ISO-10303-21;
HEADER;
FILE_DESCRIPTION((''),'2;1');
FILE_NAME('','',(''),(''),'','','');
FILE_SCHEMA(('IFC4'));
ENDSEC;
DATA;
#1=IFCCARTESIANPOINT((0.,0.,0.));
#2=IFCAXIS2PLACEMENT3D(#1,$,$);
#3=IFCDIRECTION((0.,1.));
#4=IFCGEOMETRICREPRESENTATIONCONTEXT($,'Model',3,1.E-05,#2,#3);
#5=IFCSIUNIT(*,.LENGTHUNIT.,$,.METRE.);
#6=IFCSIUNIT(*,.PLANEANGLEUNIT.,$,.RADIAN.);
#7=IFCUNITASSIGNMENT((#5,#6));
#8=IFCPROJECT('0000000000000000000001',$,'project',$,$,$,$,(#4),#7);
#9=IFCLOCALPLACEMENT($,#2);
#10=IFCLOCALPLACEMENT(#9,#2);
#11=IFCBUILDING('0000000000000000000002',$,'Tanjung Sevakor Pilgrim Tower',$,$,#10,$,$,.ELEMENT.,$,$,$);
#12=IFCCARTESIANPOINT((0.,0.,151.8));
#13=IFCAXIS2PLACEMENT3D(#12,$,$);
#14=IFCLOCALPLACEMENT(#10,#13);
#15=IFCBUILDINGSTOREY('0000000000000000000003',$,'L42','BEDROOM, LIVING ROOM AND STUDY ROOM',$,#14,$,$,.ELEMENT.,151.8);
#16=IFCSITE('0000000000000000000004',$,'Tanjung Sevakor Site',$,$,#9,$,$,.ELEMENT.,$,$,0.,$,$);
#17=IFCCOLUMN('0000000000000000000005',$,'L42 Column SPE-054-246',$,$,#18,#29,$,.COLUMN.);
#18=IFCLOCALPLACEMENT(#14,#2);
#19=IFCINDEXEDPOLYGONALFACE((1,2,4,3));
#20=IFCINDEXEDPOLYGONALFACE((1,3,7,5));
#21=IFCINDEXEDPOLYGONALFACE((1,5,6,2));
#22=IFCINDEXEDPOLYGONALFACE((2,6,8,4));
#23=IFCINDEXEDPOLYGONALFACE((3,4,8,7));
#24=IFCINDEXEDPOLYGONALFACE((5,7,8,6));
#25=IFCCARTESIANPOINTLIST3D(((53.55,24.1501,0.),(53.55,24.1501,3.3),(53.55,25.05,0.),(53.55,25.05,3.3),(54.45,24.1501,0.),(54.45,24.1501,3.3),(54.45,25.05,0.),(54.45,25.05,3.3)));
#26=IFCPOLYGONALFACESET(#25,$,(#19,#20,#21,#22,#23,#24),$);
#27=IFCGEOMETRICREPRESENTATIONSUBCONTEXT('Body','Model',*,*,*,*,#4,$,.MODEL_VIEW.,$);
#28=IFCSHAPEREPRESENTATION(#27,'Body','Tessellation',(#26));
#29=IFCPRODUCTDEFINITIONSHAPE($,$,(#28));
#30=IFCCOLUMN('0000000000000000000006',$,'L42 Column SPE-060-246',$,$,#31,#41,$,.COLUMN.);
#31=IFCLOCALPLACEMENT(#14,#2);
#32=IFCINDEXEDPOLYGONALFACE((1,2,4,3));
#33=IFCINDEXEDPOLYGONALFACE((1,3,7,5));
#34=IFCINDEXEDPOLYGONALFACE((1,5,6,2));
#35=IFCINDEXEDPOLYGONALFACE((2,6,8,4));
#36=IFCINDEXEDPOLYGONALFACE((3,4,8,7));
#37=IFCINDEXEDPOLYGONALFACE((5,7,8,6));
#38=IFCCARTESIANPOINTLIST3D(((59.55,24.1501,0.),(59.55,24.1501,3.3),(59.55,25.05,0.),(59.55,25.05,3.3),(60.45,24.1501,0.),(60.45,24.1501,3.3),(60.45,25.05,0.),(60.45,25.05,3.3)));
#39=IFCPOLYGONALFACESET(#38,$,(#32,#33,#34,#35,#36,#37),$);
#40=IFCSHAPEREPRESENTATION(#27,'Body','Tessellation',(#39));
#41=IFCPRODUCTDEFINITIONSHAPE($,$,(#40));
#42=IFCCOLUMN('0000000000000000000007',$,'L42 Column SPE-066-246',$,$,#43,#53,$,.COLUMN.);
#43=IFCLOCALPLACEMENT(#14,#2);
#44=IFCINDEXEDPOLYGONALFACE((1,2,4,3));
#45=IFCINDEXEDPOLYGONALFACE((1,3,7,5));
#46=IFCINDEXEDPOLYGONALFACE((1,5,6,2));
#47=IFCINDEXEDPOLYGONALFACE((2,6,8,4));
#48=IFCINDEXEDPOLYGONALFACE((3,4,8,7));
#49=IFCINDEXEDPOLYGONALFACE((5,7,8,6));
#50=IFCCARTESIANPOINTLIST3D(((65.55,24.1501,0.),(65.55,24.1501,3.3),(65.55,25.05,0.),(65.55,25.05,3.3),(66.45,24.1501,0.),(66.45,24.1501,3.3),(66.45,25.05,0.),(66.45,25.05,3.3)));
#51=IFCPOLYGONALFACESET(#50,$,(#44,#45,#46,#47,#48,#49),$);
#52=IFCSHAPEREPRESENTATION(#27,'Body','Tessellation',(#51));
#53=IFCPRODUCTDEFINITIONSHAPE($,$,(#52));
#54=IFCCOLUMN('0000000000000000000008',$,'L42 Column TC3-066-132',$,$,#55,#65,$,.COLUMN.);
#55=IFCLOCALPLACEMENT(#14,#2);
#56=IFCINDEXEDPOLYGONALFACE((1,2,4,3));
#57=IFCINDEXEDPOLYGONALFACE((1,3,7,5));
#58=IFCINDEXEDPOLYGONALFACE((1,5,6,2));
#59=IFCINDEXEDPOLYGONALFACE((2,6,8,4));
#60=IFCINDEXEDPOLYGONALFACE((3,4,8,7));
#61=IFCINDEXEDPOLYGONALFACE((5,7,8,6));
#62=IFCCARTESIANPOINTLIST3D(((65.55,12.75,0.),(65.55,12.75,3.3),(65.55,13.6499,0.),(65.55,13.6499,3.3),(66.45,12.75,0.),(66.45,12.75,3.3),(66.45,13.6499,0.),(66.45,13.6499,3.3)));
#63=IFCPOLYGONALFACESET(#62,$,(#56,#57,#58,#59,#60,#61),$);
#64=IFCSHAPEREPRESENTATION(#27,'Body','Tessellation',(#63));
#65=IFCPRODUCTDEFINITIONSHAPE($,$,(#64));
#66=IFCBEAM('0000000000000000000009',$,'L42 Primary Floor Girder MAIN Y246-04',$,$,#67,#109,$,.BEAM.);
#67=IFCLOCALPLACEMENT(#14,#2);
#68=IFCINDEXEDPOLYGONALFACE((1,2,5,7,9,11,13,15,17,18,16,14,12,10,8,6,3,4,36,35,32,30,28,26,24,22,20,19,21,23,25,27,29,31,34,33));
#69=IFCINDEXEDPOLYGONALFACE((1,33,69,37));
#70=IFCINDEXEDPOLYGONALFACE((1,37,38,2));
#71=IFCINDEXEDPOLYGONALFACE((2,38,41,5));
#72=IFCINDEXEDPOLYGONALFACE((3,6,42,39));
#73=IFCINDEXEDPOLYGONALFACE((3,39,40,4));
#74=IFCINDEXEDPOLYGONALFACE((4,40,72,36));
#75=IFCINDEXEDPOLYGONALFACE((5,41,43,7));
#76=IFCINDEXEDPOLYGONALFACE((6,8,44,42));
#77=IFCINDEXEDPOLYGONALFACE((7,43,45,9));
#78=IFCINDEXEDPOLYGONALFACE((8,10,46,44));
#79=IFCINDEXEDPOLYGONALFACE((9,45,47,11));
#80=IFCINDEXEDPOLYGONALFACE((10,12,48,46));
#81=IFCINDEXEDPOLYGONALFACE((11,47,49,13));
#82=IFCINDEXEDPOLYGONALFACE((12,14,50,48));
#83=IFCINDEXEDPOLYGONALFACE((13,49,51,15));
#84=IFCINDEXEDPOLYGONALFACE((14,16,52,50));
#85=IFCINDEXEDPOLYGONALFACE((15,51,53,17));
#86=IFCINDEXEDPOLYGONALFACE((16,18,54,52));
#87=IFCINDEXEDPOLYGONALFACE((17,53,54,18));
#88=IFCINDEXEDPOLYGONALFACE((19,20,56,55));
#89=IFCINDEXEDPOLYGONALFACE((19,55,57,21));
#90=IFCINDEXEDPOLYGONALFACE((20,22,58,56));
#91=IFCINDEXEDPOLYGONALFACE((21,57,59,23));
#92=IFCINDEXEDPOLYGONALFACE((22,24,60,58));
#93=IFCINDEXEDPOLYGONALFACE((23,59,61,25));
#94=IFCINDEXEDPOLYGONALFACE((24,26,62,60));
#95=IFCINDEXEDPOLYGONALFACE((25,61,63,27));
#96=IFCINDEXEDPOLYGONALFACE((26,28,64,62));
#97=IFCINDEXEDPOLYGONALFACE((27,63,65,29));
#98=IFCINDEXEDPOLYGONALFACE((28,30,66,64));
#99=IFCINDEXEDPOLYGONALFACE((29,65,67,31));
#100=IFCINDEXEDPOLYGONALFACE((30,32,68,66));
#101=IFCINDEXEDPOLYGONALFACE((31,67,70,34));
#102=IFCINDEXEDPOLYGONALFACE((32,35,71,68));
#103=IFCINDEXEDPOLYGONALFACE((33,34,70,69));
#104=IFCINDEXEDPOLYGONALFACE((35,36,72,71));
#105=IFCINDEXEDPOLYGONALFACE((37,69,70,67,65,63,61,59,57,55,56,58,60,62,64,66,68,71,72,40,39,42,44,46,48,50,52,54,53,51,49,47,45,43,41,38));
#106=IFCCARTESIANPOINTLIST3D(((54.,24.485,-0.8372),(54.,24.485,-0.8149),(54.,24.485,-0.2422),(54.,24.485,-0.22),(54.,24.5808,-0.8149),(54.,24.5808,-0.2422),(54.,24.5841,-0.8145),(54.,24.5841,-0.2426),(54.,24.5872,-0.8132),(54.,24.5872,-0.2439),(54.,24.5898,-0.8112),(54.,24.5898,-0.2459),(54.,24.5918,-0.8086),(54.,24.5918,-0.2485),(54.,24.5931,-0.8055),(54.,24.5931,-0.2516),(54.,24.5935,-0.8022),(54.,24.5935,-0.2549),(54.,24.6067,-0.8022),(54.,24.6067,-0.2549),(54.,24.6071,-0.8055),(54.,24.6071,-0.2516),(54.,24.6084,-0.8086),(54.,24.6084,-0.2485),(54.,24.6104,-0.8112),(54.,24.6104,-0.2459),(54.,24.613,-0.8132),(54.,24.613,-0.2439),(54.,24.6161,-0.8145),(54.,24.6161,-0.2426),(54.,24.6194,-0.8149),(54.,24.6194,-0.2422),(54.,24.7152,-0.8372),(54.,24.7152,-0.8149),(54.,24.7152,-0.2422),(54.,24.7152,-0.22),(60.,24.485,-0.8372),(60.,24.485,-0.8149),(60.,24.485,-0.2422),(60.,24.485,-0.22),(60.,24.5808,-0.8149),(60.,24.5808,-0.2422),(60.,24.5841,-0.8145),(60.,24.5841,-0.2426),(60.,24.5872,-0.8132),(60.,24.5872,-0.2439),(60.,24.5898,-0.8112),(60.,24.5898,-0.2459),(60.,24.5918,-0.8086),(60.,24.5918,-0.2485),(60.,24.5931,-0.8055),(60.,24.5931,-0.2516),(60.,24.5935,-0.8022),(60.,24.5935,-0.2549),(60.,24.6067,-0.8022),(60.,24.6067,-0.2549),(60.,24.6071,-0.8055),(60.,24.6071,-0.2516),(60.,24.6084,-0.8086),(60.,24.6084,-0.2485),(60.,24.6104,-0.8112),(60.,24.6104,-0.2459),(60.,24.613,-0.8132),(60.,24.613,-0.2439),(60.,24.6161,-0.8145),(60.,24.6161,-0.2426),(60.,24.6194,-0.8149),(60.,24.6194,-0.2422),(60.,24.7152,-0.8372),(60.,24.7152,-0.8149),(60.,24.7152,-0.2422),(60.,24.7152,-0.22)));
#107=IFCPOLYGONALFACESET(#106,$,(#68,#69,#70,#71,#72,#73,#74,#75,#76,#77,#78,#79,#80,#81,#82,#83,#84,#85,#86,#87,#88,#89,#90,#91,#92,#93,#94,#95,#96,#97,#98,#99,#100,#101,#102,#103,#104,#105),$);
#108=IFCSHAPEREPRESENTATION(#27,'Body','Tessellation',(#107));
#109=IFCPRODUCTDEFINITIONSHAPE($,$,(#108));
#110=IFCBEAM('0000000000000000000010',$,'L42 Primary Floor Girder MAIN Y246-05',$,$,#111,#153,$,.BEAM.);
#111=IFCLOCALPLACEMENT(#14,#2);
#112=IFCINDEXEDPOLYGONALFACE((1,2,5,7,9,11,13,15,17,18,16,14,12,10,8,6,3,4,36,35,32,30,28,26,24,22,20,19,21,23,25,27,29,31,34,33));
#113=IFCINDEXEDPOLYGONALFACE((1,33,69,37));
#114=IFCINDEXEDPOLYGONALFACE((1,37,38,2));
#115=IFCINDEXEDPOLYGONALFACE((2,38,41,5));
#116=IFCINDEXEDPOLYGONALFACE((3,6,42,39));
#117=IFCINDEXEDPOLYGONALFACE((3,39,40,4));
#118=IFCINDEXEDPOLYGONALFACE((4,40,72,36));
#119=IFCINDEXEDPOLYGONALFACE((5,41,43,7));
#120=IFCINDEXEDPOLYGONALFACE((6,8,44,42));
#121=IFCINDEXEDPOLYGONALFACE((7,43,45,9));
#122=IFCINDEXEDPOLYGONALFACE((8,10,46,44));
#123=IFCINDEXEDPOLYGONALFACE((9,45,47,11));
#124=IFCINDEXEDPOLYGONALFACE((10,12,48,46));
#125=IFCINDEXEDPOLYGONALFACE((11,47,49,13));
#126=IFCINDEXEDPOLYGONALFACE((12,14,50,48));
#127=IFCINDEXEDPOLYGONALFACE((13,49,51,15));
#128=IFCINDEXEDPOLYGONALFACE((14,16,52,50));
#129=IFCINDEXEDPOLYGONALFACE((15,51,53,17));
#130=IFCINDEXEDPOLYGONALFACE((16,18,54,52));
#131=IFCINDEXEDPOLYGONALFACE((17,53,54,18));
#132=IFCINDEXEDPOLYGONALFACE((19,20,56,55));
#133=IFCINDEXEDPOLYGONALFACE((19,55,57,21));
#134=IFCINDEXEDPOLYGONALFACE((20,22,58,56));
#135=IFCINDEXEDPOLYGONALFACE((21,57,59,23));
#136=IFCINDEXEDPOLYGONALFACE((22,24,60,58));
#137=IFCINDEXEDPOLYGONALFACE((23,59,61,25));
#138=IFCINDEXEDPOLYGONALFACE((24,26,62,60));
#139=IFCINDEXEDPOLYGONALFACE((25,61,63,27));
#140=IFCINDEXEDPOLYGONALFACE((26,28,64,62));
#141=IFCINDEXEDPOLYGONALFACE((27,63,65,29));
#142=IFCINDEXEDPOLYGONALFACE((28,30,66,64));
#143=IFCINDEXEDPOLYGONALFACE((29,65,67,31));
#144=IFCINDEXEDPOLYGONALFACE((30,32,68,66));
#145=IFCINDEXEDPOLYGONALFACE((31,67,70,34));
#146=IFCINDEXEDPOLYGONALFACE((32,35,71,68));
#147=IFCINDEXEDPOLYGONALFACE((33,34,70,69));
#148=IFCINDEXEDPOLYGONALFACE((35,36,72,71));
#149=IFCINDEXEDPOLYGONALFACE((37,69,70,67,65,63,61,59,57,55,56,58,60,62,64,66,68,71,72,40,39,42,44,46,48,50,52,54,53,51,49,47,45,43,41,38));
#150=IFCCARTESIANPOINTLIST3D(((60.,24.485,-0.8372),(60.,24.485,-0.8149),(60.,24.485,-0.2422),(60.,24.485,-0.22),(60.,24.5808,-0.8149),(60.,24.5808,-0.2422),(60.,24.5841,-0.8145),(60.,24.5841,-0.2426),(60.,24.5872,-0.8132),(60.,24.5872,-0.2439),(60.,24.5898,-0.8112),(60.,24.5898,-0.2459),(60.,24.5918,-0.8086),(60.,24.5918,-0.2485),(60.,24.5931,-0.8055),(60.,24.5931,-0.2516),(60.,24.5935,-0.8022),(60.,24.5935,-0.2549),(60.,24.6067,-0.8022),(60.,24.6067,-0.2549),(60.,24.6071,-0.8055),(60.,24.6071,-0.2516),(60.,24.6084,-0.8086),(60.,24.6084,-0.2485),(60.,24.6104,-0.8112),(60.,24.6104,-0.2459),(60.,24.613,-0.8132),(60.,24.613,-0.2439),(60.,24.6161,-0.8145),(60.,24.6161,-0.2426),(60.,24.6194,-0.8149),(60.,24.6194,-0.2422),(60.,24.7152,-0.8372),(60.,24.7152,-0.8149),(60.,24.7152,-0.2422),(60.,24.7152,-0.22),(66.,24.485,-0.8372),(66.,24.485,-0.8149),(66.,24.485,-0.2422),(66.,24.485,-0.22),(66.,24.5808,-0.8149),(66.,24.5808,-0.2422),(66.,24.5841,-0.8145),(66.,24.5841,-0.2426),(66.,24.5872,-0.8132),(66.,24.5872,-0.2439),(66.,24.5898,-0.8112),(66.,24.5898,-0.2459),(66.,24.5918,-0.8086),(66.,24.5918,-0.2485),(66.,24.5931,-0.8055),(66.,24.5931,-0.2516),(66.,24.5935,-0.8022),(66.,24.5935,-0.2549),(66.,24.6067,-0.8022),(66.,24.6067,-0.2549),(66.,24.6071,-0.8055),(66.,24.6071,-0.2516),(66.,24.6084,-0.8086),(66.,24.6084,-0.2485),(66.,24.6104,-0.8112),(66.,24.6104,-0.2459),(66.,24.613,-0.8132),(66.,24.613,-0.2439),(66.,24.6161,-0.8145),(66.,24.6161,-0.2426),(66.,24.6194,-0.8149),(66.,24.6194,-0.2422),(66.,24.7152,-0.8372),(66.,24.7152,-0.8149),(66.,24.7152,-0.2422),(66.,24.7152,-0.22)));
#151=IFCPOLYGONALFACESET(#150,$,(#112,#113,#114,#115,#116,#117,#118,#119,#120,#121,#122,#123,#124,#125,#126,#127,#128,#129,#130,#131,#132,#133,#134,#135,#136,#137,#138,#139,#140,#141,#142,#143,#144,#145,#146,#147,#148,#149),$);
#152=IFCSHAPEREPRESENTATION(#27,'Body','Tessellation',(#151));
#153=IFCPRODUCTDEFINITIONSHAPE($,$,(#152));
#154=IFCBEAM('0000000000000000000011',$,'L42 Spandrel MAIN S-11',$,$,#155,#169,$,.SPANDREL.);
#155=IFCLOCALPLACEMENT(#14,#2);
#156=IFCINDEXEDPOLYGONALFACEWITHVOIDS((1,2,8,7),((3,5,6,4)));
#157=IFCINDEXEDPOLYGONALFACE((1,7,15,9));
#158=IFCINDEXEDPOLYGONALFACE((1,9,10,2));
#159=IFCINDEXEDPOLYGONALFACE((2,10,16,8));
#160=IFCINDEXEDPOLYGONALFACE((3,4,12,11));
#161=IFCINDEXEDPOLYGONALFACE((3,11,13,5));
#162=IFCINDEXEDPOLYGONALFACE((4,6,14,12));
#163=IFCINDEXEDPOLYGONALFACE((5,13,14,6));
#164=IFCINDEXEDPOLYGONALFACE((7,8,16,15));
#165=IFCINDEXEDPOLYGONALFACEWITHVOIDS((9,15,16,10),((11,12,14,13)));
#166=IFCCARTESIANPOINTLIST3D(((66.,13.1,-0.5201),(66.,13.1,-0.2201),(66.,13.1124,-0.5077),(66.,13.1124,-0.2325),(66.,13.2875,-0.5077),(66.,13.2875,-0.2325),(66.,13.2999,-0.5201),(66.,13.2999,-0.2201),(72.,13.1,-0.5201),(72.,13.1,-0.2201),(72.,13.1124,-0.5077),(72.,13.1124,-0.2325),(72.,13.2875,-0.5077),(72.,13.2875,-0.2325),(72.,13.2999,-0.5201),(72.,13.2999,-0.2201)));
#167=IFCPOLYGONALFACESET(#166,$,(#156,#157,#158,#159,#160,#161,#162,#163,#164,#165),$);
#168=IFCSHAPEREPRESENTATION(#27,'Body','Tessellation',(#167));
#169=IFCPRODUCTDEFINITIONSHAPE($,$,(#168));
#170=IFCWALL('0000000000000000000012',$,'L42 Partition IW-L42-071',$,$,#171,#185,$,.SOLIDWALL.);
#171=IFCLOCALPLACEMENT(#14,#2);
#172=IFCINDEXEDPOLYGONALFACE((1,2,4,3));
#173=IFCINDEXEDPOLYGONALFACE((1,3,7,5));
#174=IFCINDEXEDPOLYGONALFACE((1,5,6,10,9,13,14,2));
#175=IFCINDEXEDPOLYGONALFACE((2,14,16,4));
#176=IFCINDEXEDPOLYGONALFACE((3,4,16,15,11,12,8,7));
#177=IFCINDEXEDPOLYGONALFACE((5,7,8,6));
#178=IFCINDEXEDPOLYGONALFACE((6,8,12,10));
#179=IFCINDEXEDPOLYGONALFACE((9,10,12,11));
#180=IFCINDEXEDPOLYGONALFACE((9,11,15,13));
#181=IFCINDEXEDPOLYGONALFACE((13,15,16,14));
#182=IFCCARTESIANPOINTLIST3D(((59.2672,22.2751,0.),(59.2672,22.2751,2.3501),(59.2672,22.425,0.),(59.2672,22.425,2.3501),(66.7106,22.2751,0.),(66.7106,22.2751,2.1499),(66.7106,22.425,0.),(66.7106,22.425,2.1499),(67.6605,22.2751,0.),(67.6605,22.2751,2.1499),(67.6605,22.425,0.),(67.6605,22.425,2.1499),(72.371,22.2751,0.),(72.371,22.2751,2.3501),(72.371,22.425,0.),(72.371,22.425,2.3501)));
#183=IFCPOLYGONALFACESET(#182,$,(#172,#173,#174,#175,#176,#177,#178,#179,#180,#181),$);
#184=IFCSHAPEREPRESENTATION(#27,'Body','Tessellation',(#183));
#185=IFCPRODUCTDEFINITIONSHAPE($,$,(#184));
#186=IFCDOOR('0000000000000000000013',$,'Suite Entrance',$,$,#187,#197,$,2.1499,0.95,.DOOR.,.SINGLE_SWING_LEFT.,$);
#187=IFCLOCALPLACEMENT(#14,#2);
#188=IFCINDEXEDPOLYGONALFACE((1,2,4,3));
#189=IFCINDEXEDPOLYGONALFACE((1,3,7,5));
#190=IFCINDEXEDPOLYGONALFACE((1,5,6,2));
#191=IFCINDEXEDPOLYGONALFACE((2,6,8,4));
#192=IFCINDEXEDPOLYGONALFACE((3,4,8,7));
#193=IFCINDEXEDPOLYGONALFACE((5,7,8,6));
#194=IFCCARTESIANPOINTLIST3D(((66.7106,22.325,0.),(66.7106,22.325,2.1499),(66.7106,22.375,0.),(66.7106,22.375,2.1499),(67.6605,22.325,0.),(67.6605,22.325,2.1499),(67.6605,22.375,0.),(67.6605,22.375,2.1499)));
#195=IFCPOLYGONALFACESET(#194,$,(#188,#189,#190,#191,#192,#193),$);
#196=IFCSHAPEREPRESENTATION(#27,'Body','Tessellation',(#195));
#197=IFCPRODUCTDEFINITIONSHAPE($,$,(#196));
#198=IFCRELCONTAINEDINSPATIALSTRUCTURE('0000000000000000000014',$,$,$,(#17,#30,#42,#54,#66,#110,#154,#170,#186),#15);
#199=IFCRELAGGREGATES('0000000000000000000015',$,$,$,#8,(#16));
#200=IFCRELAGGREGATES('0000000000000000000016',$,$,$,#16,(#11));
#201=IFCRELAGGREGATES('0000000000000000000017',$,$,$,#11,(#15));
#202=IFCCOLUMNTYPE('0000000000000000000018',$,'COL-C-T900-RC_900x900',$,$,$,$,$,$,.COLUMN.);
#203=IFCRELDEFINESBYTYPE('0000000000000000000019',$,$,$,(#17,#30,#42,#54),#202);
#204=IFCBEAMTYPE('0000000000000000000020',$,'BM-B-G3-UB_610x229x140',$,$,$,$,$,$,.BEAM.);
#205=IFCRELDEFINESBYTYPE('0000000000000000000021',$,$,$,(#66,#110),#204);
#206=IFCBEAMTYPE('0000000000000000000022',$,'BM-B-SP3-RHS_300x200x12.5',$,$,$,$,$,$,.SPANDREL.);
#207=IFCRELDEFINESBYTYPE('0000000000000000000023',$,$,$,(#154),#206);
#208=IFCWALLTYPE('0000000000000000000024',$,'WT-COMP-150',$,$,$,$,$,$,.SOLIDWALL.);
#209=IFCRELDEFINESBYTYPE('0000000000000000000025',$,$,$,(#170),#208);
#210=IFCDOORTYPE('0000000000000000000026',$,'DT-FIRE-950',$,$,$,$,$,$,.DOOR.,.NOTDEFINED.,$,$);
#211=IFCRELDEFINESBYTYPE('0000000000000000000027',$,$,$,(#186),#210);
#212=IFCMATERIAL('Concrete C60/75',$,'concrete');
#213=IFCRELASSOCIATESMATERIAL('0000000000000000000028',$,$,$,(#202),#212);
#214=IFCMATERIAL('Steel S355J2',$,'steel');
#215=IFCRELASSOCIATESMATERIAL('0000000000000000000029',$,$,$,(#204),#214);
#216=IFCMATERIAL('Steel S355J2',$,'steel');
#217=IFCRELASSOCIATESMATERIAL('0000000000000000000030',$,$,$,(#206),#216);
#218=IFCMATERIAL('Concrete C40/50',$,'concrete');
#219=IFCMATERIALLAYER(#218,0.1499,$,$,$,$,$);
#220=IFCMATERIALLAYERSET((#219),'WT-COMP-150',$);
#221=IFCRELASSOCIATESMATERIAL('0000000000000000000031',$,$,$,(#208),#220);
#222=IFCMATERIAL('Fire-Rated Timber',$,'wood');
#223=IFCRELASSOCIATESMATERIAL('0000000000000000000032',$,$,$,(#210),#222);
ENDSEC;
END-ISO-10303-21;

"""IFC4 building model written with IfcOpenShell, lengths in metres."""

from ifc_helpers import new_model, si_unit, direction, frame, frame_2d, origin, origin_2d, place, context, subcontext, project, spatial, rectangle, hollow_rectangle, i_section, extrude, material, layer, layer_set, material_profile, profile_set, type_object, element, fill, save


model = new_model("IFC4")

# Units and contexts
model_context = context("Model", 3, precision=1e-05, world=origin(), true_north=direction((0.0, 1.0)))
body_context = subcontext(model_context, "Body", "Model", "MODEL_VIEW")
ifc_project = project(units=[si_unit("LENGTHUNIT", "METRE"), si_unit("PLANEANGLEUNIT", "RADIAN")], contexts=[model_context])

# Site, building, storey
site_placement = place(None, origin())
site = spatial("IfcSite", under=ifc_project, at=site_placement, Name="Tanjung Sevakor Site", CompositionType="ELEMENT", RefElevation=0.0)
building_placement = place(site_placement, origin())
building = spatial("IfcBuilding", under=site, at=building_placement, Name="Tanjung Sevakor Pilgrim Tower", CompositionType="ELEMENT")
storey_placement = place(building_placement, frame((0.0, 0.0, 151.8)))
storey = spatial("IfcBuildingStorey", under=building, at=storey_placement, Name="L42", Description="BEDROOM, LIVING ROOM AND STUDY ROOM", CompositionType="ELEMENT", Elevation=151.8)

# Columns
ifc_material_1 = material(Name="Concrete C60/75", Category="concrete")
ifc_material_profile_1 = material_profile(ifc_material_1, rectangle(XDim=0.8999, YDim=0.8999, at=origin_2d()))
ifc_profile_set_1 = profile_set([ifc_material_profile_1], Name="Concrete C60/75")
column_type = type_object("IfcColumnType", Name="COL-C-T900-RC_900x900", PredefinedType="COLUMN", material=ifc_profile_set_1)
for number, where, z_axis, x_axis, name in (
    (1, (54.0, 24.6001, 0.0), (0.0, 0.0, 1.0), (1.0, 0.0, 0.0), "L42 Column SPE-054-246"),
    (2, (60.0, 24.6001, 0.0), (0.0, 0.0, 1.0), (1.0, 0.0, 0.0), "L42 Column SPE-060-246"),
    (3, (66.0, 24.6001, 0.0), (0.0, 0.0, 1.0), (1.0, 0.0, 0.0), "L42 Column SPE-066-246"),
    (4, (66.0, 13.2, 0.0), (0.0, 0.0, 1.0), (1.0, 0.0, 0.0), "L42 Column TC3-066-132"),
):
    element("IfcColumn", number, at=place(storey_placement, frame(where, z_axis=z_axis, x_axis=x_axis)), inside=storey, type_object=column_type, Name=name, PredefinedType="COLUMN", context=body_context, shape_type="SweptSolid", body=[
        extrude(rectangle(XDim=0.8999, YDim=0.8999, at=origin_2d()), origin(), (0.0, 0.0, 1.0), 3.3),
    ])

# Beams
ifc_material_2 = material(Name="Steel S355J2", Category="steel")
ifc_material_profile_2 = material_profile(ifc_material_2, i_section(OverallWidth=0.2302, OverallDepth=0.6172, WebThickness=0.0132, FlangeThickness=0.0222, FilletRadius=0.0127, at=origin_2d()))
ifc_profile_set_2 = profile_set([ifc_material_profile_2], Name="Steel S355J2")
beam_type_1 = type_object("IfcBeamType", Name="BM-B-G3-UB_610x229x140", PredefinedType="BEAM", material=ifc_profile_set_2)
for number, where, z_axis, x_axis, name in (
    (5, (54.0, 24.6001, -0.5286), (1.0, 0.0, 0.0), (0.0, 1.0, 0.0), "L42 Primary Floor Girder MAIN Y246-04"),
    (6, (60.0, 24.6001, -0.5286), (1.0, 0.0, 0.0), (0.0, 1.0, 0.0), "L42 Primary Floor Girder MAIN Y246-05"),
):
    element("IfcBeam", number, at=place(storey_placement, frame(where, z_axis=z_axis, x_axis=x_axis)), inside=storey, type_object=beam_type_1, Name=name, PredefinedType="BEAM", context=body_context, shape_type="SweptSolid", body=[
        extrude(i_section(OverallWidth=0.2302, OverallDepth=0.6172, WebThickness=0.0132, FlangeThickness=0.0222, FilletRadius=0.0127, at=origin_2d()), origin(), (0.0, 0.0, 1.0), 6.0),
    ])
ifc_material_3 = material(Name="Steel S355J2", Category="steel")
ifc_material_profile_3 = material_profile(ifc_material_3, hollow_rectangle(XDim=0.2, YDim=0.3, WallThickness=0.0125, at=origin_2d()))
ifc_profile_set_3 = profile_set([ifc_material_profile_3], Name="Steel S355J2")
beam_type_2 = type_object("IfcBeamType", Name="BM-B-SP3-RHS_300x200x12.5", PredefinedType="SPANDREL", material=ifc_profile_set_3)
beam_placement = place(storey_placement, frame((66.0, 13.2, -0.3701), z_axis=(1.0, 0.0, 0.0), x_axis=(0.0, 1.0, 0.0)))
element("IfcBeam", 7, at=beam_placement, inside=storey, type_object=beam_type_2, Name="L42 Spandrel MAIN S-11", PredefinedType="SPANDREL", context=body_context, shape_type="SweptSolid", body=[
    extrude(hollow_rectangle(XDim=0.2, YDim=0.3, WallThickness=0.0125, at=origin_2d()), origin(), (0.0, 0.0, 1.0), 6.0),
])

# Wall, opening, door
ifc_material_4 = material(Name="Concrete C40/50", Category="concrete")
ifc_layer_1 = layer(ifc_material_4, 0.1499)
ifc_layer_set_1 = layer_set([ifc_layer_1], Name="WT-COMP-150")
wall_type_1 = type_object("IfcWallType", Name="WT-COMP-150", PredefinedType="SOLIDWALL", material=ifc_layer_set_1)
wall_1_placement = place(storey_placement, frame((59.2673, 22.3501, 0.0), z_axis=(0.0, 0.0, 1.0), x_axis=(1.0, 0.0, 0.0)))
wall_1 = element("IfcWall", 8, at=wall_1_placement, inside=storey, type_object=wall_type_1, Name="L42 Partition IW-L42-071", PredefinedType="SOLIDWALL", context=body_context, shape_type="SweptSolid", body=[
    extrude(rectangle(XDim=13.1038, YDim=0.1499, at=frame_2d((6.5518, 0.0))), origin(), (0.0, 0.0, 1.0), 2.3501),
])
opening_1_placement = place(wall_1_placement, frame((7.4431, 0.0, 0.0)))
opening_1 = element("IfcOpeningElement", 9, at=opening_1_placement, cuts=wall_1, PredefinedType="OPENING", context=body_context, shape_type="SweptSolid", body=[
    extrude(rectangle(XDim=0.95, YDim=2.1499, at=frame_2d((0.4751, 1.075))), frame((0.0, 0.085, 0.0), z_axis=(0.0, -1.0, 0.0), x_axis=(1.0, 0.0, 0.0)), (0.0, 0.0, 1.0), 0.1699),
])
ifc_material_5 = material(Name="Fire-Rated Timber", Category="wood")
door_type_1 = type_object("IfcDoorType", Name="DT-FIRE-950", OperationType="NOTDEFINED", PredefinedType="DOOR", material=ifc_material_5)
door_1_placement = place(opening_1_placement, origin())
door_1 = element("IfcDoor", 10, at=door_1_placement, inside=storey, type_object=door_type_1, Name="Suite Entrance", OperationType="SINGLE_SWING_LEFT", OverallHeight=2.1499, OverallWidth=0.95, PredefinedType="DOOR", context=body_context, shape_type="SweptSolid", body=[
    extrude(rectangle(XDim=0.95, YDim=2.1499, at=frame_2d((0.4751, 1.075))), frame((0.0, 0.0249, 0.0), z_axis=(0.0, -1.0, 0.0), x_axis=(1.0, 0.0, 0.0)), (0.0, 0.0, 1.0), 0.05),
])
fill(opening_1, door_1)

save(model, "model.ifc")
